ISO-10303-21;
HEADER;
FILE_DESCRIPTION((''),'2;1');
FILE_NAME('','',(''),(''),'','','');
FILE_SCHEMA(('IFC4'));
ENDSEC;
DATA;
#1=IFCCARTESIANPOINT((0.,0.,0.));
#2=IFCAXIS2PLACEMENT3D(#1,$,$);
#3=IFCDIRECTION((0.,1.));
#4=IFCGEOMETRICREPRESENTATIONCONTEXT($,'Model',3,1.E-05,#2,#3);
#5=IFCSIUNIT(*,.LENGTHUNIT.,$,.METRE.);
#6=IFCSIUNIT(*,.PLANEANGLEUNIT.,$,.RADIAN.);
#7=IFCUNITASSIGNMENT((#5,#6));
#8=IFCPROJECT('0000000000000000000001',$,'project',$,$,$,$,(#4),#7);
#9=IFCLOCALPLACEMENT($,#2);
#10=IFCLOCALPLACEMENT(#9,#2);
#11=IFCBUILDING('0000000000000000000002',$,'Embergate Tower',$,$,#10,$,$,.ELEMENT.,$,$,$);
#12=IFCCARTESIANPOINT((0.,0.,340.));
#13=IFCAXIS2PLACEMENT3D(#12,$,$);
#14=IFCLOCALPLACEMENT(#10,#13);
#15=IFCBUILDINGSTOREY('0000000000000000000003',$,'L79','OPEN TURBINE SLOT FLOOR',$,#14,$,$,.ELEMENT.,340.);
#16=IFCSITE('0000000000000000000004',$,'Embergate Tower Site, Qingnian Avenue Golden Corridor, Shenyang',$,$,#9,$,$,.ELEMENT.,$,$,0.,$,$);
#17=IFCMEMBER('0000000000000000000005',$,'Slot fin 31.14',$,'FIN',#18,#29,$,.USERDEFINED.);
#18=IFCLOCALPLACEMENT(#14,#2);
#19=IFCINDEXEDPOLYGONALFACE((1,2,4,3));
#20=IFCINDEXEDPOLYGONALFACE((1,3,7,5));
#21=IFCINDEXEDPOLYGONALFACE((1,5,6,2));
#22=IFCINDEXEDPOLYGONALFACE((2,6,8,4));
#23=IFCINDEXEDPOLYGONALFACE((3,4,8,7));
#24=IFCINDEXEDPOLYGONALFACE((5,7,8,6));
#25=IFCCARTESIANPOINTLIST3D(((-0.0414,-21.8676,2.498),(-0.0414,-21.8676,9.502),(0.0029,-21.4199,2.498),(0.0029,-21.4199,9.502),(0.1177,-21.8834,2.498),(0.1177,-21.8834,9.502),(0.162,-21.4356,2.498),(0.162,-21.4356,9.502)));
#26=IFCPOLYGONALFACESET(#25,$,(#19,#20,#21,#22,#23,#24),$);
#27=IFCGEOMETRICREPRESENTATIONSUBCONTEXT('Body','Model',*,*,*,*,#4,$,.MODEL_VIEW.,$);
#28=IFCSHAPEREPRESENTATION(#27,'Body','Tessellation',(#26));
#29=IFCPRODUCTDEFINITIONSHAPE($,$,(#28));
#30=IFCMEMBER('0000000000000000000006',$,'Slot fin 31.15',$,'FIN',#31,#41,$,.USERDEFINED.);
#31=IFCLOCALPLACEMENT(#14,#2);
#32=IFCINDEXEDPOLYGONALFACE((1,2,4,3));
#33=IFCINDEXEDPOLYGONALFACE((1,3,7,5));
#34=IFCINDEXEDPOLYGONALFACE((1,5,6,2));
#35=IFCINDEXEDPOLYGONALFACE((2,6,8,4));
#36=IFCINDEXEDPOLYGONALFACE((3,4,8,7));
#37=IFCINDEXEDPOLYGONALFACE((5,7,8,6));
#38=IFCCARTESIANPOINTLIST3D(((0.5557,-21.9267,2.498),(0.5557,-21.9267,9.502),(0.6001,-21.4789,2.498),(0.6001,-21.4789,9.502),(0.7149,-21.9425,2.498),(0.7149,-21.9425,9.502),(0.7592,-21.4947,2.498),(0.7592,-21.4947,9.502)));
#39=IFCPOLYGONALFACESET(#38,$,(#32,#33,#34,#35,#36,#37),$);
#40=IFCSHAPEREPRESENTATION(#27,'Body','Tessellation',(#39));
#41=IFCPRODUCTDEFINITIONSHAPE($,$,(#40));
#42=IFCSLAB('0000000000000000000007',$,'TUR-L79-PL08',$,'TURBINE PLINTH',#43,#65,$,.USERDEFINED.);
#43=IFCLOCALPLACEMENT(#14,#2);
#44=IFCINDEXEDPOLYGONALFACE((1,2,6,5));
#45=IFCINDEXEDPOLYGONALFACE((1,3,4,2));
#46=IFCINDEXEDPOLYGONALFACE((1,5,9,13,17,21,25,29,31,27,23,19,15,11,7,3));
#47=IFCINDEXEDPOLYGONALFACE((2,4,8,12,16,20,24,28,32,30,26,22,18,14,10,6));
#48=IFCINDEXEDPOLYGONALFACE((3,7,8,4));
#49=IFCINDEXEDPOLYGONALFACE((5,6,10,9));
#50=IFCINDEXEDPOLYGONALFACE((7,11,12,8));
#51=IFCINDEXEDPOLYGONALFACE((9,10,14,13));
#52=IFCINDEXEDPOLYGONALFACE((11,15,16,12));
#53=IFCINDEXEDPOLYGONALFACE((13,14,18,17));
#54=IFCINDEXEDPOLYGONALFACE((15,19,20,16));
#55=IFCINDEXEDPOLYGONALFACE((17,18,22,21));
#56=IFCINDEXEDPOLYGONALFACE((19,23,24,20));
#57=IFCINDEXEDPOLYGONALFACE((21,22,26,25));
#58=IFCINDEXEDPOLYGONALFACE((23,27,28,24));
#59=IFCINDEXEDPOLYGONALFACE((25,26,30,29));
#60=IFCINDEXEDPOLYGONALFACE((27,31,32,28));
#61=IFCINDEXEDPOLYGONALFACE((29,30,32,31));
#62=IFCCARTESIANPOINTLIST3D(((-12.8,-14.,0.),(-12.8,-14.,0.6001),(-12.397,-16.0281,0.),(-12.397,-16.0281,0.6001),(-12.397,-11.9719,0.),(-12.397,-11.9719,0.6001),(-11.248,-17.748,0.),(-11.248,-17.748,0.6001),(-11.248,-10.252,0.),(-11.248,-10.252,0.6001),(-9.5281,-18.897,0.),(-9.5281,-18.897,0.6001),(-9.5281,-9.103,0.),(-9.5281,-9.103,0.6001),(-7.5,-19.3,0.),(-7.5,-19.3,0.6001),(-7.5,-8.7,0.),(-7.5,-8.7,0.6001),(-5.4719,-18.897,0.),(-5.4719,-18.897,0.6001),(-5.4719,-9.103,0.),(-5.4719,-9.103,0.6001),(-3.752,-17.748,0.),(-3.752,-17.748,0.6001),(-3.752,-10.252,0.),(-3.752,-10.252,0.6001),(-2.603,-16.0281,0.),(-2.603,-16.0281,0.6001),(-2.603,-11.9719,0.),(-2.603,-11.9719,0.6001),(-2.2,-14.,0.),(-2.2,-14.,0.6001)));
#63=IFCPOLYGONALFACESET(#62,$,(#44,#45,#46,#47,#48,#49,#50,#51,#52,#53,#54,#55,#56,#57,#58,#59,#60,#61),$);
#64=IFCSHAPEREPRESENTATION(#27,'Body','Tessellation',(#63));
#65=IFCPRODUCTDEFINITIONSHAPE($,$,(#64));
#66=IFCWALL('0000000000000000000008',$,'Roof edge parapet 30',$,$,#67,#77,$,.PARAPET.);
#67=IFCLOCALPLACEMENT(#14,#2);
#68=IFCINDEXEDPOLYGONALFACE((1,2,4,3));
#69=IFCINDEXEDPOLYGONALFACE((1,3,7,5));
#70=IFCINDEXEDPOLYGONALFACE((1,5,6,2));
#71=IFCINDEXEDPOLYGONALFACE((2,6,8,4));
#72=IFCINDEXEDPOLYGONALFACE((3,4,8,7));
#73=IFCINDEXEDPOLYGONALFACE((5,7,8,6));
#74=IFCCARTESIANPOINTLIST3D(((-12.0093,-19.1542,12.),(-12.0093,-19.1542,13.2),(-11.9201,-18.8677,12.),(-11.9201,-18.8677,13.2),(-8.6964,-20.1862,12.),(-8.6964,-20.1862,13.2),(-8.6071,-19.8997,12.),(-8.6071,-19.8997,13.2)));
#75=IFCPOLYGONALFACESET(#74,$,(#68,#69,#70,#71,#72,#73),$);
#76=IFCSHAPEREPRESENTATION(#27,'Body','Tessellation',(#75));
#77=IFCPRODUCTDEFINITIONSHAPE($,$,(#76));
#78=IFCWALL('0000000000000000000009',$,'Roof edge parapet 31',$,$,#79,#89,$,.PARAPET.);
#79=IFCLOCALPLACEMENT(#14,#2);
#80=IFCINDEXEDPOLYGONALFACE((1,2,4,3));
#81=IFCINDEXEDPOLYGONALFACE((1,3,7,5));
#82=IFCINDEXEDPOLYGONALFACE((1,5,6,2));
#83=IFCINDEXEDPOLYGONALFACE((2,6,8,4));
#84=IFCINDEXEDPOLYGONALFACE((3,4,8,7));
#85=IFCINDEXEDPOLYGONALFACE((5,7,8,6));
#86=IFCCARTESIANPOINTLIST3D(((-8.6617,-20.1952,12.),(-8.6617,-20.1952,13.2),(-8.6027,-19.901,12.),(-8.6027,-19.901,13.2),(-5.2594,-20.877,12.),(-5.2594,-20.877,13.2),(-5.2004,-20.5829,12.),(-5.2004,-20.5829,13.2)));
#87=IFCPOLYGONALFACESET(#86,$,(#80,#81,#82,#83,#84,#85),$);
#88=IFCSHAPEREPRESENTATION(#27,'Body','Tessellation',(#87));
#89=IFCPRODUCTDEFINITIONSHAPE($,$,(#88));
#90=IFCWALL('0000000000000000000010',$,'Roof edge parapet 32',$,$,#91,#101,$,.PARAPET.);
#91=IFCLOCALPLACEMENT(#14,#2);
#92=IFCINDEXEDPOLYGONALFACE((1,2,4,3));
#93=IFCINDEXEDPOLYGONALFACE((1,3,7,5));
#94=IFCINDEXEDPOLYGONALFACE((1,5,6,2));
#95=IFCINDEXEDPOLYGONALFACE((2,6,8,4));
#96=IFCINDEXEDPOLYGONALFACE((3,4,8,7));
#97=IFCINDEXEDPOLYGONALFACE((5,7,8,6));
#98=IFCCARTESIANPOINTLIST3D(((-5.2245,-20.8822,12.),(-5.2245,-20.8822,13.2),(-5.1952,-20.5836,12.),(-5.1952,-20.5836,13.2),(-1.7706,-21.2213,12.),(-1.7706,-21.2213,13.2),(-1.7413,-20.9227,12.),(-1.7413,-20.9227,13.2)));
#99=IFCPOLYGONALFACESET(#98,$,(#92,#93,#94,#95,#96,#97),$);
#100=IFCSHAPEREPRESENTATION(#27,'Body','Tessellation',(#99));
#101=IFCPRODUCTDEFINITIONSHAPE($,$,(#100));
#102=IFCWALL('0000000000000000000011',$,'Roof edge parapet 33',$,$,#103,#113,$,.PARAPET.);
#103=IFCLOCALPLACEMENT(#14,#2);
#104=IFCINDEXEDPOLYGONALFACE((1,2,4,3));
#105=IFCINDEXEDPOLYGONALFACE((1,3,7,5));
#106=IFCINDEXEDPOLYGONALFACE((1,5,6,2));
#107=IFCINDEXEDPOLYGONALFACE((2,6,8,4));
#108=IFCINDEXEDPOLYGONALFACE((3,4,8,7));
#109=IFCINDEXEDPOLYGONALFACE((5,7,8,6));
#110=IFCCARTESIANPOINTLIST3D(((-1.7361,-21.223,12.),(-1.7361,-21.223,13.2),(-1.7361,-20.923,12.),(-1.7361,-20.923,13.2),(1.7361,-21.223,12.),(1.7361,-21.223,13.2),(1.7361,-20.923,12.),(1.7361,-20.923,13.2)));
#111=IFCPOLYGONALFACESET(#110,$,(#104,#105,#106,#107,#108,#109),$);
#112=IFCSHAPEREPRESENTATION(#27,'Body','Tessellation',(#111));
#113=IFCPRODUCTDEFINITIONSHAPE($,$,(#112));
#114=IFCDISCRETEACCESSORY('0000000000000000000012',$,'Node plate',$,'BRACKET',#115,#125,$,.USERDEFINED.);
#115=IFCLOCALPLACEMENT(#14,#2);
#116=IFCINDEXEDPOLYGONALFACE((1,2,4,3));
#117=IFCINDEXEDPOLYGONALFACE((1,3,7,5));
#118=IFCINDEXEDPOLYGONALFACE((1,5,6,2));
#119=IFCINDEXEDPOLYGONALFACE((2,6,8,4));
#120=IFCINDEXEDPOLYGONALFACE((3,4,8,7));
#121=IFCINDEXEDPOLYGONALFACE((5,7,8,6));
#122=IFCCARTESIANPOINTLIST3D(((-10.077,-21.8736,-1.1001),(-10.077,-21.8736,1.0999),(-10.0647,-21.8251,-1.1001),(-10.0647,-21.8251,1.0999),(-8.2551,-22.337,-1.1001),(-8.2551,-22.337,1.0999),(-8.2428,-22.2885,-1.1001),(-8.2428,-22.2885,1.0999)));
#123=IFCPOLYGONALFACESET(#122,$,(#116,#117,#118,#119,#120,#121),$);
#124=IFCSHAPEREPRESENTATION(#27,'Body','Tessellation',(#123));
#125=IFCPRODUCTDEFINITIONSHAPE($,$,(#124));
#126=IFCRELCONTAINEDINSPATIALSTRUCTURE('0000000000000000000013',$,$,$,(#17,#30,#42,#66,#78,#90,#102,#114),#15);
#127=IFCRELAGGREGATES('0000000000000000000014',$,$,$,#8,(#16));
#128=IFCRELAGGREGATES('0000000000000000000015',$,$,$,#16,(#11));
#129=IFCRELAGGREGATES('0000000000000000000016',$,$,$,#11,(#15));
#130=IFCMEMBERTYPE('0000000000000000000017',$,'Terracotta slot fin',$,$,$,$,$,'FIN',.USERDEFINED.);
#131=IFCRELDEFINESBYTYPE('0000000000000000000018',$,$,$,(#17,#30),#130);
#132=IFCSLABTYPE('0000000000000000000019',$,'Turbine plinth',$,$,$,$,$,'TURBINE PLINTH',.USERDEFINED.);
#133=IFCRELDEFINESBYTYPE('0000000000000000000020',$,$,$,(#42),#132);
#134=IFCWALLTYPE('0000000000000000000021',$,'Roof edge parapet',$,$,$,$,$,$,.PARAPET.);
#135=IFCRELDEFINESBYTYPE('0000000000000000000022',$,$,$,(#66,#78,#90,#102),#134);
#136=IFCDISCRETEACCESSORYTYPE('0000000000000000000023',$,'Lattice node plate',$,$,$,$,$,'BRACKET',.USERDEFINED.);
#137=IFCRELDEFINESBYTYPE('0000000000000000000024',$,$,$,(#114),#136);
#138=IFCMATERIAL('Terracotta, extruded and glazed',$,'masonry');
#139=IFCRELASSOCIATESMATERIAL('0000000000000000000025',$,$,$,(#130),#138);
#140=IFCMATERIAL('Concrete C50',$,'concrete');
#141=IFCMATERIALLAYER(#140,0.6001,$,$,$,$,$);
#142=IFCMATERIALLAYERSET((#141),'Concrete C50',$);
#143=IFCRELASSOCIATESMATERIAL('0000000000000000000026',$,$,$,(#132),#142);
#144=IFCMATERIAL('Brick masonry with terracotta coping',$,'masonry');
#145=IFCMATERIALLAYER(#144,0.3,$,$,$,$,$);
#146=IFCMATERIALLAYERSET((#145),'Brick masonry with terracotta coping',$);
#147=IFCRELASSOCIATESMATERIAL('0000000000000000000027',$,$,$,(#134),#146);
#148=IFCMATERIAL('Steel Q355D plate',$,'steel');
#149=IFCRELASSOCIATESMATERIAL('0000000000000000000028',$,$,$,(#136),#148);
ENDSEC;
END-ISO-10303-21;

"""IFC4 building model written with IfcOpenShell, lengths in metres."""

from ifc_helpers import new_model, si_unit, direction, frame, frame_2d, origin, origin_2d, place, context, subcontext, project, spatial, polyline, rectangle, outline, extrude, source, transform, mapped, material, layer, layer_set, material_profile, profile_set, type_object, element, save


model = new_model("IFC4")

# Units and contexts
model_context = context("Model", 3, precision=1e-05, world=origin(), true_north=direction((0.0, 1.0)))
body_context = subcontext(model_context, "Body", "Model", "MODEL_VIEW")
ifc_project = project(units=[si_unit("LENGTHUNIT", "METRE"), si_unit("PLANEANGLEUNIT", "RADIAN")], contexts=[model_context])

# Site, building, storey
site_placement = place(None, origin())
site = spatial("IfcSite", under=ifc_project, at=site_placement, Name="Embergate Tower Site, Qingnian Avenue Golden Corridor, Shenyang", CompositionType="ELEMENT", RefElevation=0.0)
building_placement = place(site_placement, origin())
building = spatial("IfcBuilding", under=site, at=building_placement, Name="Embergate Tower", CompositionType="ELEMENT")
storey_placement = place(building_placement, frame((0.0, 0.0, 340.0)))
storey = spatial("IfcBuildingStorey", under=building, at=storey_placement, Name="L79", Description="OPEN TURBINE SLOT FLOOR", CompositionType="ELEMENT", Elevation=340.0)

# Shared definitions
ifc_material_1 = material(Name="Concrete C50", Category="concrete")

# Members
ifc_material_2 = material(Name="Terracotta, extruded and glazed", Category="masonry")
ifc_material_profile_1 = material_profile(ifc_material_2, rectangle(XDim=0.45, YDim=0.1599, at=origin_2d()), Name="TC 450x160")
ifc_profile_set_1 = profile_set([ifc_material_profile_1], Name="Terracotta, extruded and glazed")
member_type_1 = type_object("IfcMemberType", Name="Terracotta slot fin", ElementType="FIN", PredefinedType="USERDEFINED", material=ifc_profile_set_1)
shared_shape_1 = source(origin(), body_context, "Body", "SweptSolid", [
    extrude(rectangle(XDim=0.45, YDim=0.1599, at=origin_2d()), origin(), (0.0, 0.0, 1.0), 7.0039),
])
for number, where, z_axis, x_axis, name in (
    (1, (0.0603, -21.6516, 2.498), (0.0, 0.0, 1.0), (0.098491, 0.995138, 0.0), "Slot fin 31.14"),
    (2, (0.6575, -21.7107, 2.498), (0.0, 0.0, 1.0), (0.098491, 0.995138, 0.0), "Slot fin 31.15"),
):
    element("IfcMember", number, at=place(storey_placement, frame(where, z_axis=z_axis, x_axis=x_axis)), inside=storey, type_object=member_type_1, Name=name, ObjectType="FIN", PredefinedType="USERDEFINED", context=body_context, shape_type="MappedRepresentation", body=[
        mapped(shared_shape_1, transform((0.0, 0.0, 0.0))),
    ])

# Slab
ifc_layer_1 = layer(ifc_material_1, 0.6001)
ifc_layer_set_1 = layer_set([ifc_layer_1], Name="Concrete C50")
slab_type_1 = type_object("IfcSlabType", Name="Turbine plinth", ElementType="TURBINE PLINTH", PredefinedType="USERDEFINED", material=ifc_layer_set_1)
shared_shape_2 = source(origin(), body_context, "Body", "SweptSolid", [
    extrude(outline(polyline([(0.0, 0.0), (2.0281, 0.4031), (3.748, 1.552), (4.897, 3.272), (5.3, 5.3), (4.897, 7.3281), (3.748, 9.0481), (2.0281, 10.197), (0.0, 10.6001), (-2.0281, 10.197), (-3.748, 9.0481), (-4.897, 7.3281), (-5.3, 5.3), (-4.897, 3.272), (-3.748, 1.552), (-2.0281, 0.4031), (0.0, 0.0)])), origin(), (0.0, 0.0, 1.0), 0.6001),
])
slab_1_placement = place(storey_placement, frame((-7.5, -19.3, 0.0)))
element("IfcSlab", 3, at=slab_1_placement, inside=storey, type_object=slab_type_1, Name="TUR-L79-PL08", ObjectType="TURBINE PLINTH", PredefinedType="USERDEFINED", context=body_context, shape_type="MappedRepresentation", body=[
    mapped(shared_shape_2, transform((0.0, 0.0, 0.0))),
])

# Walls
ifc_material_3 = material(Name="Brick masonry with terracotta coping", Category="masonry")
ifc_layer_2 = layer(ifc_material_3, 0.3)
ifc_layer_set_2 = layer_set([ifc_layer_2], Name="Brick masonry with terracotta coping")
wall_type = type_object("IfcWallType", Name="Roof edge parapet", PredefinedType="PARAPET", material=ifc_layer_set_2)
shared_shape_3 = source(origin(), body_context, "Body", "SweptSolid", [
    extrude(rectangle(XDim=3.47, YDim=0.3, at=frame_2d((1.7349, 0.0))), origin(), (0.0, 0.0, 1.0), 1.2),
])
for number, where, z_axis, x_axis, name in (
    (4, (-11.9646, -19.011, 12.0), (0.0, 0.0, 1.0), (0.954752, -0.297402, 0.0), "Roof edge parapet 30"),
    (5, (-8.6321, -20.0481, 12.0), (0.0, 0.0, 1.0), (0.980502, -0.196508, 0.0), "Roof edge parapet 31"),
):
    element("IfcWall", number, at=place(storey_placement, frame(where, z_axis=z_axis, x_axis=x_axis)), inside=storey, type_object=wall_type, Name=name, PredefinedType="PARAPET", context=body_context, shape_type="MappedRepresentation", body=[
        mapped(shared_shape_3, transform((0.0, 0.0, 0.0))),
    ])
shared_shape_4 = source(origin(), body_context, "Body", "SweptSolid", [
    extrude(rectangle(XDim=3.4705, YDim=0.3, at=frame_2d((1.7354, 0.0))), origin(), (0.0, 0.0, 1.0), 1.2),
])
wall_1_placement = place(storey_placement, frame((-5.21, -20.7329, 12.0), z_axis=(0.0, 0.0, 1.0), x_axis=(0.995215, -0.097714, 0.0)))
element("IfcWall", 6, at=wall_1_placement, inside=storey, type_object=wall_type, Name="Roof edge parapet 32", PredefinedType="PARAPET", context=body_context, shape_type="MappedRepresentation", body=[
    mapped(shared_shape_4, transform((0.0, 0.0, 0.0))),
])
shared_shape_5 = source(origin(), body_context, "Body", "SweptSolid", [
    extrude(rectangle(XDim=3.4722, YDim=0.3, at=frame_2d((1.7361, 0.0))), origin(), (0.0, 0.0, 1.0), 1.2),
])
wall_2_placement = place(storey_placement, frame((-1.7361, -21.073, 12.0), z_axis=(0.0, 0.0, 1.0), x_axis=(1.0, 0.0, 0.0)))
element("IfcWall", 7, at=wall_2_placement, inside=storey, type_object=wall_type, Name="Roof edge parapet 33", PredefinedType="PARAPET", context=body_context, shape_type="MappedRepresentation", body=[
    mapped(shared_shape_5, transform((0.0, 0.0, 0.0))),
])

# Discrete accessory
ifc_material_4 = material(Name="Steel Q355D plate", Category="steel")
discrete_accessory_type = type_object("IfcDiscreteAccessoryType", Name="Lattice node plate", ElementType="BRACKET", PredefinedType="USERDEFINED", material=ifc_material_4)
shared_shape_6 = source(origin(), body_context, "Body", "SweptSolid", [
    extrude(rectangle(XDim=1.8799, YDim=0.05, at=origin_2d()), origin(), (0.0, 0.0, 1.0), 2.2),
])
discrete_accessory_placement = place(storey_placement, frame((-9.1599, -22.0811, -1.1001), z_axis=(0.0, 0.0, 1.0), x_axis=(0.969145, -0.246492, 0.0)))
element("IfcDiscreteAccessory", 8, at=discrete_accessory_placement, inside=storey, type_object=discrete_accessory_type, Name="Node plate", ObjectType="BRACKET", PredefinedType="USERDEFINED", context=body_context, shape_type="MappedRepresentation", body=[
    mapped(shared_shape_6, transform((0.0, 0.0, 0.0))),
])

save(model, "model.ifc")
